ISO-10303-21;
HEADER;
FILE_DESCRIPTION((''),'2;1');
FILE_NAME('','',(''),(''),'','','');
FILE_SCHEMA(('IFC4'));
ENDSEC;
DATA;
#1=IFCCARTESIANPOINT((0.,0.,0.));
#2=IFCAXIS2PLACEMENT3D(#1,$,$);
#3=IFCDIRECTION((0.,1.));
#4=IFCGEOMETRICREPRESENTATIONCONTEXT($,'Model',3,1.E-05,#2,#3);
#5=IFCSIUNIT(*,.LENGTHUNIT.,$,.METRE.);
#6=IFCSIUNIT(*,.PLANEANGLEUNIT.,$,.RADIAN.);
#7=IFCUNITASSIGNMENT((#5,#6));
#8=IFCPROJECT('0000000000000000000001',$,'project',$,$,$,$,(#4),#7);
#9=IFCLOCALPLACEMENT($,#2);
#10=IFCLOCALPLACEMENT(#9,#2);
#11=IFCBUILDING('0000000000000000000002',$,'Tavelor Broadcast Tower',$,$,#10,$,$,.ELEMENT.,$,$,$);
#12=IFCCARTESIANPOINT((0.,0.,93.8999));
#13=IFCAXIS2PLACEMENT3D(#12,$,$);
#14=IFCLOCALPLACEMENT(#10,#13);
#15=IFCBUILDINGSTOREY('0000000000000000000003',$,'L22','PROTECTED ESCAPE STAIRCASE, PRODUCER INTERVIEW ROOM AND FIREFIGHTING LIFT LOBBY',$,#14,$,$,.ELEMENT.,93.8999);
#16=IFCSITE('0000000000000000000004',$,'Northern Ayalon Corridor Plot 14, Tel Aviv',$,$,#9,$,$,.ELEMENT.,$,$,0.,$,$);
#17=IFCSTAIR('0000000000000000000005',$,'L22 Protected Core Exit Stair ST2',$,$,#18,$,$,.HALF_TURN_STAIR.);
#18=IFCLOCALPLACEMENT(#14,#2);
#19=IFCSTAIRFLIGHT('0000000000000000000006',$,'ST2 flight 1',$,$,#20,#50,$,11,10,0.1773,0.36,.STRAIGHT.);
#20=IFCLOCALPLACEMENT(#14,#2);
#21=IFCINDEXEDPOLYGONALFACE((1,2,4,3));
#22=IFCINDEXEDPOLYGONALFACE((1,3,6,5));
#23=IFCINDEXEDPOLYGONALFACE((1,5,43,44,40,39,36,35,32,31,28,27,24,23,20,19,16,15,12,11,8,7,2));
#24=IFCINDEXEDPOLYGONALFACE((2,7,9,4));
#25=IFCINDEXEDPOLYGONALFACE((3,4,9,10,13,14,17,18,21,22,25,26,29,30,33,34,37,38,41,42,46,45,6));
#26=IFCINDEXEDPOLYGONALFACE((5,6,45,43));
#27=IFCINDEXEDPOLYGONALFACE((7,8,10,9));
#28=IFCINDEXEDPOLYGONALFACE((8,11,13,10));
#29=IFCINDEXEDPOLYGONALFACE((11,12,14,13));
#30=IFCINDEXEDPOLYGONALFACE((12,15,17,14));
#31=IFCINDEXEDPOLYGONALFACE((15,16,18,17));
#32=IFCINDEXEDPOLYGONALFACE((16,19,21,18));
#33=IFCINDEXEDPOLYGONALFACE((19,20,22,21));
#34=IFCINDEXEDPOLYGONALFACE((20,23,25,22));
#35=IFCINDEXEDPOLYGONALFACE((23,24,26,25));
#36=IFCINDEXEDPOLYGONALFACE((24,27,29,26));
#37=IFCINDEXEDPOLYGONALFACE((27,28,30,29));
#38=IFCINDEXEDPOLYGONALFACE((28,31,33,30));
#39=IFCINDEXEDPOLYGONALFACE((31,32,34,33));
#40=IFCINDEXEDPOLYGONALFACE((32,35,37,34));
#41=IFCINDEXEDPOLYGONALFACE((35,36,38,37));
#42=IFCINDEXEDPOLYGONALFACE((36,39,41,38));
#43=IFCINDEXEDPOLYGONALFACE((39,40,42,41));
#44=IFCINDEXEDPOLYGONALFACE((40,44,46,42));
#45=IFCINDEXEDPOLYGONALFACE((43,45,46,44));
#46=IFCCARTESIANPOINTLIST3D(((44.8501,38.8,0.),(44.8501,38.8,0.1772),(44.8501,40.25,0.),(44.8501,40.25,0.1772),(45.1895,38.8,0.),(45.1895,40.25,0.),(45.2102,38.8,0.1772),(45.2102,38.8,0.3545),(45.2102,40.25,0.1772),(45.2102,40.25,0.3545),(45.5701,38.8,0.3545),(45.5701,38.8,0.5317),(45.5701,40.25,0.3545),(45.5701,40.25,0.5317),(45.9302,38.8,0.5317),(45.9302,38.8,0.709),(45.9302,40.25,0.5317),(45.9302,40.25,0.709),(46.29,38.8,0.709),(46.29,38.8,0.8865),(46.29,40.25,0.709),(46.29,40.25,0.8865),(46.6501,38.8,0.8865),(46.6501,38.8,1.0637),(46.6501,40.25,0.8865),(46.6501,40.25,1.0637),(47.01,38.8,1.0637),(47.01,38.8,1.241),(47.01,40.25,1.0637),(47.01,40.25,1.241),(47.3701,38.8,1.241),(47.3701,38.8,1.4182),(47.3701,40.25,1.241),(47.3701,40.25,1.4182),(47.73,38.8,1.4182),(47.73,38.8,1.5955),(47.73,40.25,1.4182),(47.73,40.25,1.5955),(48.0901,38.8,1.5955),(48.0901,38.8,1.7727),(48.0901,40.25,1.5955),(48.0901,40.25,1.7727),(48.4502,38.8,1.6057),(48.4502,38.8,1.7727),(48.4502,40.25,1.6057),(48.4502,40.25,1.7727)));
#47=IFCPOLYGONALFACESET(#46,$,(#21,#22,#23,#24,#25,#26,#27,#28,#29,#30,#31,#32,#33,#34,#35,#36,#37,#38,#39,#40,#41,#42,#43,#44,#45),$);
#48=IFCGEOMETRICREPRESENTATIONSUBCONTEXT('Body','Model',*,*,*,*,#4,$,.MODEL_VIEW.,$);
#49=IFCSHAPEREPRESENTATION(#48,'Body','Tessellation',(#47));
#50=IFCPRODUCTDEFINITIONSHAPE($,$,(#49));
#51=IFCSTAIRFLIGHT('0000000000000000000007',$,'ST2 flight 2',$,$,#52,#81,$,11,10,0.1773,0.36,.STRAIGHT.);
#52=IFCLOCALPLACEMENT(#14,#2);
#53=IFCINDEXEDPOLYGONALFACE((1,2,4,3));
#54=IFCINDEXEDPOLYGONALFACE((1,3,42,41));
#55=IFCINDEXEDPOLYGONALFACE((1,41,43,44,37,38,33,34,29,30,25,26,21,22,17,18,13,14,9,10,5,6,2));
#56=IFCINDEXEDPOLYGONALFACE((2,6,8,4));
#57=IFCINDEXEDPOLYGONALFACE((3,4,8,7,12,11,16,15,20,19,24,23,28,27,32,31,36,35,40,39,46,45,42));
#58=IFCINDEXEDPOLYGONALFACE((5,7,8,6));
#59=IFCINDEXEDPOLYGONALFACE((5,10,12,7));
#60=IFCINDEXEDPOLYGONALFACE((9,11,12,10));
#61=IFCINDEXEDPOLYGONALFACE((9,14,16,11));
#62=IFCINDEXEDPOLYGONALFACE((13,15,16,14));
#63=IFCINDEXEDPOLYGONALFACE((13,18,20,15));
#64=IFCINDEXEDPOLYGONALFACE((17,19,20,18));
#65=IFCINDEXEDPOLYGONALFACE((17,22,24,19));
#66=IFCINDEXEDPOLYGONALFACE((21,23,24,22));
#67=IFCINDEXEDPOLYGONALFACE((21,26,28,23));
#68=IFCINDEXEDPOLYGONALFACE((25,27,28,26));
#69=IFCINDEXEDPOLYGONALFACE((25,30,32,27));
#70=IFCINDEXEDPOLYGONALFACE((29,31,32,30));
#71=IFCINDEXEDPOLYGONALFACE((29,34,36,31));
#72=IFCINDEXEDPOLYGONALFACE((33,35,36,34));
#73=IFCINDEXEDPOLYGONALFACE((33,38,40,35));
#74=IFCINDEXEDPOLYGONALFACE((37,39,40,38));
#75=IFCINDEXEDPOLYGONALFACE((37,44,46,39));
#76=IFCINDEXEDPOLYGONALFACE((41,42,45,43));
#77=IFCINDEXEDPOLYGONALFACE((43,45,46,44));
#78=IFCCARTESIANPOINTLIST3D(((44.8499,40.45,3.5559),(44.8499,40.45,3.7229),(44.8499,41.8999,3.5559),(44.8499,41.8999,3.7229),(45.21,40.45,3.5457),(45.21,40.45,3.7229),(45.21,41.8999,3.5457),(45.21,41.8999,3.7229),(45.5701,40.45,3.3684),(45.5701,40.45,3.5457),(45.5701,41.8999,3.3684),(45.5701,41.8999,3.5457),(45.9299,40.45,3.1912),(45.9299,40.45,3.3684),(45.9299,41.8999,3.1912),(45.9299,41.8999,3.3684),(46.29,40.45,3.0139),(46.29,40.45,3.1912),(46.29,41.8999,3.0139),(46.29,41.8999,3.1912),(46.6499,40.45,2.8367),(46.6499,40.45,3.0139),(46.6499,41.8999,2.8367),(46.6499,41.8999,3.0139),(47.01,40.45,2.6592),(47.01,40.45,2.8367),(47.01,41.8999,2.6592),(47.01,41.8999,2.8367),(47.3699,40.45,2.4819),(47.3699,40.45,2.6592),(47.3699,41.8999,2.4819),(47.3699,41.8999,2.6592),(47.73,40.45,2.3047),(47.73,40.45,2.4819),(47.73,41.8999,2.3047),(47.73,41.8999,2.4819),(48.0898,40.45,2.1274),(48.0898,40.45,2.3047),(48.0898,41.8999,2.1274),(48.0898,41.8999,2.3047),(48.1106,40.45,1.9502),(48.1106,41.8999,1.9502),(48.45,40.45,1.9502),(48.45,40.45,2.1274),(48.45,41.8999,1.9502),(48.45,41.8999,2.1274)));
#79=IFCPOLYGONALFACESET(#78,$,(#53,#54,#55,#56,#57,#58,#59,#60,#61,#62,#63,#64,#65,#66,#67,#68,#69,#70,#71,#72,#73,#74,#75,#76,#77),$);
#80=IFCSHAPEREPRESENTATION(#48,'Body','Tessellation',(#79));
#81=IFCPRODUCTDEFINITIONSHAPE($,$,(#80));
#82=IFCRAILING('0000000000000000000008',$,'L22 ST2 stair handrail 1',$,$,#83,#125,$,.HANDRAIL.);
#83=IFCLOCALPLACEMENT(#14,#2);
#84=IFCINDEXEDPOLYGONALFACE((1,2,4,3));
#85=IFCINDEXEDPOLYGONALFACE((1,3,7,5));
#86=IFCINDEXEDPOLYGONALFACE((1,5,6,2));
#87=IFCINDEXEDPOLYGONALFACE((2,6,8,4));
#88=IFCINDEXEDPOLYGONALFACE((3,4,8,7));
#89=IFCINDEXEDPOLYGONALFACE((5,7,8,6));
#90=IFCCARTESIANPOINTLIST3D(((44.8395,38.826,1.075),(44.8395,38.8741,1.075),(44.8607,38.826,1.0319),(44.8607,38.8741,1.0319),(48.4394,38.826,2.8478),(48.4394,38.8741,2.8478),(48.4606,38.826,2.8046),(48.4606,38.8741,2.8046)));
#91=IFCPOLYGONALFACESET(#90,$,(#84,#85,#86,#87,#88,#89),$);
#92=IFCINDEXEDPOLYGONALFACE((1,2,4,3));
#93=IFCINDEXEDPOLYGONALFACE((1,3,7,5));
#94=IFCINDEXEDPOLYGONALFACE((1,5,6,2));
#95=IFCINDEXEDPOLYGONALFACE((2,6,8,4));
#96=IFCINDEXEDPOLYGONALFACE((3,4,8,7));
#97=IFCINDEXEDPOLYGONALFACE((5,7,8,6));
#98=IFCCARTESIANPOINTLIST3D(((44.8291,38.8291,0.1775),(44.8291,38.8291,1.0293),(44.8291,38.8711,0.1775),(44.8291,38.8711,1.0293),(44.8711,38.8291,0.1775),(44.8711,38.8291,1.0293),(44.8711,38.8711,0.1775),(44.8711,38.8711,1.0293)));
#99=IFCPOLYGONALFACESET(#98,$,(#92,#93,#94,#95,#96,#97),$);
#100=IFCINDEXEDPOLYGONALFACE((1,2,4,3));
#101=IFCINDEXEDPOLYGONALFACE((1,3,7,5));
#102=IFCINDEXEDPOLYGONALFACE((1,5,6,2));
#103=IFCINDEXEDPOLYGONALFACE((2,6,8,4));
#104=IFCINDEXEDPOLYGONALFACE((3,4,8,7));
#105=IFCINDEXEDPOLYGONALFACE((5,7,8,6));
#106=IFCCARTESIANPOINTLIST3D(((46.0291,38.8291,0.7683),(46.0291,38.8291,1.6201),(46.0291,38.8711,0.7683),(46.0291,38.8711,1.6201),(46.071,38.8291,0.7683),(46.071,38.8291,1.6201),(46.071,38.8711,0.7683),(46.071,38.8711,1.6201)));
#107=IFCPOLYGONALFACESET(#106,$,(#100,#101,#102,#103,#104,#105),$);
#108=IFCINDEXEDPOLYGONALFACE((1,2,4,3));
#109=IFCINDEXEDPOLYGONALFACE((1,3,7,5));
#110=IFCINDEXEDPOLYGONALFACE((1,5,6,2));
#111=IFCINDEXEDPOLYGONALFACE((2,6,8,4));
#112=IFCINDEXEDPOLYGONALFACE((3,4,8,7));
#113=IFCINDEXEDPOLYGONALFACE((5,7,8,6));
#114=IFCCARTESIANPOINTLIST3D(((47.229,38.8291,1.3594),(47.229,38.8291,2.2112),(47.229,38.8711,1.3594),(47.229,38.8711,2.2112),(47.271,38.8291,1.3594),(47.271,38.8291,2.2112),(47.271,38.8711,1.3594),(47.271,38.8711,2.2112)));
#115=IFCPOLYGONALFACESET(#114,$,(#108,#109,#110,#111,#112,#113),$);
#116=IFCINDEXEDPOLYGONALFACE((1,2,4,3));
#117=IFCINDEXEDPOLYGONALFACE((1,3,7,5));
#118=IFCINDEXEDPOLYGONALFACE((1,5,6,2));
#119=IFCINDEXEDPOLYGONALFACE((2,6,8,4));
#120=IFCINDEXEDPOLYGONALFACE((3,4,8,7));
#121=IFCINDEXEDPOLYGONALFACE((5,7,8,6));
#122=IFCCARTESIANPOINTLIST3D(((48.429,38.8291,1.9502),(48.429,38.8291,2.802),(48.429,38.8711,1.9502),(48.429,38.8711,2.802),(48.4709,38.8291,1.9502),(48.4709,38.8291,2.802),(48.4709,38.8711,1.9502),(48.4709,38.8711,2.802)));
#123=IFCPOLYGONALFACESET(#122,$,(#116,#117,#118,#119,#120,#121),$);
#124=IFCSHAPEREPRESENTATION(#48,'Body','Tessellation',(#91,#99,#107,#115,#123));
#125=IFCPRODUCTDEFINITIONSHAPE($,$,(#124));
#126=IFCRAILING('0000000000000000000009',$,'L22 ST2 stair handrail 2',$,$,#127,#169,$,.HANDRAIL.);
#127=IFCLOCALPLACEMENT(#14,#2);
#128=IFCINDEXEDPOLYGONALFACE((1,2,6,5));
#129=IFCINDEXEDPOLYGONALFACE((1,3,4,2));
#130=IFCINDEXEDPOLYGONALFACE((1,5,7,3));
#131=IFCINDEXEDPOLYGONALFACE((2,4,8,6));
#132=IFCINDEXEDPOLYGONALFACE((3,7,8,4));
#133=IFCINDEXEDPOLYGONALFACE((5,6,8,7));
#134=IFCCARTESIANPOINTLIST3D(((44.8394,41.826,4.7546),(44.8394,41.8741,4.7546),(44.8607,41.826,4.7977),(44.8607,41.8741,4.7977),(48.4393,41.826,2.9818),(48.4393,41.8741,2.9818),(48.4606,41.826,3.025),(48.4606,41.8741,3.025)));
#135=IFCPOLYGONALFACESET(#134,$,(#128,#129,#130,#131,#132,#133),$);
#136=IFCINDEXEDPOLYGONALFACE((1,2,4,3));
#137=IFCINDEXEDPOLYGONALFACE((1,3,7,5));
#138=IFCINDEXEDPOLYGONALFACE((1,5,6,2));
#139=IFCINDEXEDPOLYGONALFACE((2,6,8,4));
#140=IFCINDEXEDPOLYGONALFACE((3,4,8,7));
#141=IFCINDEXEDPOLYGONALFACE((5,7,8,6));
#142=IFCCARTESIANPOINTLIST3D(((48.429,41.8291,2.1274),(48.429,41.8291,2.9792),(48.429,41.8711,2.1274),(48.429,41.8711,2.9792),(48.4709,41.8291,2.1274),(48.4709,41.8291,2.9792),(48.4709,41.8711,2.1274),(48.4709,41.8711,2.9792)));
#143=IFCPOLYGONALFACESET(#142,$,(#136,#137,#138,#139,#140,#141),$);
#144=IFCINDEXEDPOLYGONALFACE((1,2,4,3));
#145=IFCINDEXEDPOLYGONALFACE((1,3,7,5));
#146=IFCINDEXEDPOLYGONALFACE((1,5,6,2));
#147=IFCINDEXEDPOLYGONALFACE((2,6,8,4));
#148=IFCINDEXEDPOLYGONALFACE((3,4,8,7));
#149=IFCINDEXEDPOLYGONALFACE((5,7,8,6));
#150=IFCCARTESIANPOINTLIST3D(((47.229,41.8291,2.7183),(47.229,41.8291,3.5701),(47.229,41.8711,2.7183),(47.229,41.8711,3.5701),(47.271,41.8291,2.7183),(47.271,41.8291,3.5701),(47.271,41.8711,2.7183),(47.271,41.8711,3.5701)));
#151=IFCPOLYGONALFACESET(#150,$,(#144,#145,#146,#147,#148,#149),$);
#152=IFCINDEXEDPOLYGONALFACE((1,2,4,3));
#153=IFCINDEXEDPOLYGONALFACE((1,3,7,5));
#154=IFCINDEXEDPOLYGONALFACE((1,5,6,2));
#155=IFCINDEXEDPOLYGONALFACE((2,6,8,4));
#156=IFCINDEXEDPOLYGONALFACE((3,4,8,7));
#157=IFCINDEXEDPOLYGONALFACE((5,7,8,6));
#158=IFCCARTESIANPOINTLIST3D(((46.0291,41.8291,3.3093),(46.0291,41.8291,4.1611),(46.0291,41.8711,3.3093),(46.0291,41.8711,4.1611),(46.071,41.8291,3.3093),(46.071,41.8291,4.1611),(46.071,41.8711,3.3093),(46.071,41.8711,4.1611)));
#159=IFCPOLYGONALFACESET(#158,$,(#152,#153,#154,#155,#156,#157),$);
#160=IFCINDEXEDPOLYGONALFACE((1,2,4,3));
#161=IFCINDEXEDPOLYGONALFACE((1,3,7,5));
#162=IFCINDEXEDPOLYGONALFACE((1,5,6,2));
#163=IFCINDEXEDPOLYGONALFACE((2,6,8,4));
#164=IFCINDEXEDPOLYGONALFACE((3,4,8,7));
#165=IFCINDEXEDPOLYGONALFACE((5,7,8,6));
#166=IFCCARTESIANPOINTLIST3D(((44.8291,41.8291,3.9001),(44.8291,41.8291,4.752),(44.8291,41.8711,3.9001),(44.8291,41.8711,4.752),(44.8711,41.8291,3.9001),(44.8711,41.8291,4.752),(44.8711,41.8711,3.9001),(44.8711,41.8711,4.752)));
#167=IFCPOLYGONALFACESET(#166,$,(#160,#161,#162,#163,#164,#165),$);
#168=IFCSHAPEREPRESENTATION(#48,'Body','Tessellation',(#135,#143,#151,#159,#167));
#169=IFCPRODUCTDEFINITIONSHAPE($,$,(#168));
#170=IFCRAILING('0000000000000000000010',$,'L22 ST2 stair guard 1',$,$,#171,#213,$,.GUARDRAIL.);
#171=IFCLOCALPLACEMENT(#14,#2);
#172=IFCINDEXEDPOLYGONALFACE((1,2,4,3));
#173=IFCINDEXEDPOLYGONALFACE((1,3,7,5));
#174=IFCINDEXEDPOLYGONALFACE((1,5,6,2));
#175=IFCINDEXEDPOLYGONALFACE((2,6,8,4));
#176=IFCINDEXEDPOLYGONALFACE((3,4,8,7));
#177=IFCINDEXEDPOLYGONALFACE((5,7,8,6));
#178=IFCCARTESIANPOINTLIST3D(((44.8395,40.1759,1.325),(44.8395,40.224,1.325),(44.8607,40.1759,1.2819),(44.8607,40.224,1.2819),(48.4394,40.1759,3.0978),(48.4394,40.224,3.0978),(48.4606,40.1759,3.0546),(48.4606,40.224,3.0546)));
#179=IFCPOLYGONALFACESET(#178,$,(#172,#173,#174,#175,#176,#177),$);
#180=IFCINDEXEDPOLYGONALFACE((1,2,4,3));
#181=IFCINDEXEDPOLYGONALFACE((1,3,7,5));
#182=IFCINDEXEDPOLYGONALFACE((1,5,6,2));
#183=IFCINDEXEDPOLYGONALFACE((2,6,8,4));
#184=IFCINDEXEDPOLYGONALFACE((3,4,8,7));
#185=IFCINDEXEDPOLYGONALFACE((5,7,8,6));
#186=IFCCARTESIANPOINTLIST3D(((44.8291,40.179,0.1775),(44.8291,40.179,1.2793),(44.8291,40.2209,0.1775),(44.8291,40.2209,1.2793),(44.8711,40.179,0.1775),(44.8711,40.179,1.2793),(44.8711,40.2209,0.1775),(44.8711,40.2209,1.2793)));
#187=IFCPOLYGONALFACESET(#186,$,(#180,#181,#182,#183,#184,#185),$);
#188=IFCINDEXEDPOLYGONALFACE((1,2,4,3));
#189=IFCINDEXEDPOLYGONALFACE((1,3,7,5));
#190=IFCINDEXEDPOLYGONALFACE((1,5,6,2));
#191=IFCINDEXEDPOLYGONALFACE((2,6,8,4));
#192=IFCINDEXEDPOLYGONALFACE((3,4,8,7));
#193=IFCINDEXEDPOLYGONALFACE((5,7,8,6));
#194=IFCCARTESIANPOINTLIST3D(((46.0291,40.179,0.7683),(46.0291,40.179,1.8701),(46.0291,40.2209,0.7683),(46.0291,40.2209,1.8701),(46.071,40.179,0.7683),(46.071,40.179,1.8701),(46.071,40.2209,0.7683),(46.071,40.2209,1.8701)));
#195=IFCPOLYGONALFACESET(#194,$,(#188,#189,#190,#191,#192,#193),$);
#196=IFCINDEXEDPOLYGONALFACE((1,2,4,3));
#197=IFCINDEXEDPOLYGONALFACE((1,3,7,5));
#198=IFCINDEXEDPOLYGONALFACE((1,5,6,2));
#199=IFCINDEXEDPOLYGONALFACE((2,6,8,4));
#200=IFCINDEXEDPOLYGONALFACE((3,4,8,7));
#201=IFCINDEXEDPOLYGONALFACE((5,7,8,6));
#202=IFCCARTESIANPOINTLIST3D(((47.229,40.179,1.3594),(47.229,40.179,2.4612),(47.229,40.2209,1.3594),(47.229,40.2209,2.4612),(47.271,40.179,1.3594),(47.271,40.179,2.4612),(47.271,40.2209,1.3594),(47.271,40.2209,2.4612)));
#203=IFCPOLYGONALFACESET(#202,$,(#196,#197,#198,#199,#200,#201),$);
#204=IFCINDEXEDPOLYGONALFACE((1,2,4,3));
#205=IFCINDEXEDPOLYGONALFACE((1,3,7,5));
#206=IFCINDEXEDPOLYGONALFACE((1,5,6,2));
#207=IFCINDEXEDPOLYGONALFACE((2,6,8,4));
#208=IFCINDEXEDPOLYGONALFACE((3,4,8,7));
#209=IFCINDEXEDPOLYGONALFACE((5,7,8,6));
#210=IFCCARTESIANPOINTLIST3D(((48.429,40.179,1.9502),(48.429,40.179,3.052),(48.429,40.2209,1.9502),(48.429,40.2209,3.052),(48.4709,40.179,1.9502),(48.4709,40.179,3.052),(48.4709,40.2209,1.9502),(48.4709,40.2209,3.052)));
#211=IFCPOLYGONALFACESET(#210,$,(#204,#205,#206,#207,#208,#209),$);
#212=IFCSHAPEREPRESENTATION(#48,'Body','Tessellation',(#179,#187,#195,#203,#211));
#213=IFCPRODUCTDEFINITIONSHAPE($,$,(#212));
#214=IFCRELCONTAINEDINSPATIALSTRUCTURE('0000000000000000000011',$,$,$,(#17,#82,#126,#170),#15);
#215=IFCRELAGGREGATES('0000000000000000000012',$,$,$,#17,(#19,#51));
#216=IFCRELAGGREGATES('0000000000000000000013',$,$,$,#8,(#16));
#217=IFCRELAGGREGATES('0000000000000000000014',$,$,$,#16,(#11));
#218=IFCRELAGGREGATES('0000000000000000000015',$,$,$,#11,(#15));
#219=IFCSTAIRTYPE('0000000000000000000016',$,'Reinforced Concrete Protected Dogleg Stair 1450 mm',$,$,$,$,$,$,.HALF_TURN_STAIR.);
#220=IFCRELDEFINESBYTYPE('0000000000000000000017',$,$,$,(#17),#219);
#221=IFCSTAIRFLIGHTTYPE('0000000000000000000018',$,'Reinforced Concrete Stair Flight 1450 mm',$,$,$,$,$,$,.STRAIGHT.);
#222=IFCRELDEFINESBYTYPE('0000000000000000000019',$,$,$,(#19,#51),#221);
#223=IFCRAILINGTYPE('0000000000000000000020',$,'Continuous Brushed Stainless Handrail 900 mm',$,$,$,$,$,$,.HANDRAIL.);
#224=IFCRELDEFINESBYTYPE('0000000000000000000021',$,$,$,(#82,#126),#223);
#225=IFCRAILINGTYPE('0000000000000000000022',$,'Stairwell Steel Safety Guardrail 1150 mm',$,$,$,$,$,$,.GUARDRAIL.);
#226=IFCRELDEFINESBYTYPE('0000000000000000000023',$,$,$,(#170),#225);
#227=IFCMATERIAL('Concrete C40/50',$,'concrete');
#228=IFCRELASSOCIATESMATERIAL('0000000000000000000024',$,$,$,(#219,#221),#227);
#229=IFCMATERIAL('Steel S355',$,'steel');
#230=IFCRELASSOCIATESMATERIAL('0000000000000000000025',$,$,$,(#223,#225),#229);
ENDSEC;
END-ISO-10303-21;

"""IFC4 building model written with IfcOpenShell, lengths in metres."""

from ifc_helpers import new_model, si_unit, direction, frame, origin, origin_2d, place, context, subcontext, project, spatial, polyline, rectangle, outline, extrude, material, type_object, element, aggregate, save


model = new_model("IFC4")

# Units and contexts
model_context = context("Model", 3, precision=1e-05, world=origin(), true_north=direction((0.0, 1.0)))
body_context = subcontext(model_context, "Body", "Model", "MODEL_VIEW")
ifc_project = project(units=[si_unit("LENGTHUNIT", "METRE"), si_unit("PLANEANGLEUNIT", "RADIAN")], contexts=[model_context])

# Site, building, storey
site_placement = place(None, origin())
site = spatial("IfcSite", under=ifc_project, at=site_placement, Name="Northern Ayalon Corridor Plot 14, Tel Aviv", CompositionType="ELEMENT", RefElevation=0.0)
building_placement = place(site_placement, origin())
building = spatial("IfcBuilding", under=site, at=building_placement, Name="Tavelor Broadcast Tower", CompositionType="ELEMENT")
storey_placement = place(building_placement, frame((0.0, 0.0, 93.8999)))
storey = spatial("IfcBuildingStorey", under=building, at=storey_placement, Name="L22", Description="PROTECTED ESCAPE STAIRCASE, PRODUCER INTERVIEW ROOM AND FIREFIGHTING LIFT LOBBY", CompositionType="ELEMENT", Elevation=93.8999)

# Shared definitions
ifc_material_1 = material(Name="Concrete C40/50", Category="concrete")
ifc_material_2 = material(Name="Steel S355", Category="steel")

# Stair, stair flights
stair_type = type_object("IfcStairType", Name="Reinforced Concrete Protected Dogleg Stair 1450 mm", PredefinedType="HALF_TURN_STAIR", material=ifc_material_1)
stair_placement = place(storey_placement, origin())
stair = element("IfcStair", 1, at=stair_placement, inside=storey, type_object=stair_type, Name="L22 Protected Core Exit Stair ST2", PredefinedType="HALF_TURN_STAIR")
stair_flight_type = type_object("IfcStairFlightType", Name="Reinforced Concrete Stair Flight 1450 mm", PredefinedType="STRAIGHT", material=ifc_material_1)
stair_flight_1_placement = place(storey_placement, frame((44.8501, 39.5249, 0.0), z_axis=(0.0, 0.0, 1.0), x_axis=(1.0, 0.0, 0.0)))
stair_flight_1 = element("IfcStairFlight", 2, at=stair_flight_1_placement, type_object=stair_flight_type, Name="ST2 flight 1", NumberOfRisers=11, NumberOfTreads=10, PredefinedType="STRAIGHT", RiserHeight=0.1773, TreadLength=0.36, context=body_context, shape_type="SweptSolid", body=[
    extrude(outline(polyline([(0.0, 0.0), (0.0, 0.1772), (0.3601, 0.1772), (0.3601, 0.3545), (0.72, 0.3545), (0.72, 0.5317), (1.0801, 0.5317), (1.0801, 0.709), (1.4399, 0.709), (1.4399, 0.8865), (1.8, 0.8865), (1.8, 1.0637), (2.1599, 1.0637), (2.1599, 1.241), (2.52, 1.241), (2.52, 1.4182), (2.8799, 1.4182), (2.8799, 1.5955), (3.24, 1.5955), (3.24, 1.7727), (3.6001, 1.7727), (3.6001, 1.95), (3.6001, 1.6057), (0.3394, 0.0), (0.0, 0.0)])), frame((0.0, 0.7251, 0.0), z_axis=(0.0, -1.0, 0.0), x_axis=(1.0, 0.0, 0.0)), (0.0, 0.0, 1.0), 1.45),
])
stair_flight_2_placement = place(storey_placement, frame((48.45, 41.175, 1.9502), z_axis=(0.0, 0.0, 1.0), x_axis=(-1.0, 0.0, 0.0)))
stair_flight_2 = element("IfcStairFlight", 3, at=stair_flight_2_placement, type_object=stair_flight_type, Name="ST2 flight 2", NumberOfRisers=11, NumberOfTreads=10, PredefinedType="STRAIGHT", RiserHeight=0.1773, TreadLength=0.36, context=body_context, shape_type="SweptSolid", body=[
    extrude(outline(polyline([(0.0, 0.0), (0.0, 0.1772), (0.3601, 0.1772), (0.3601, 0.3545), (0.72, 0.3545), (0.72, 0.5317), (1.0801, 0.5317), (1.0801, 0.709), (1.4399, 0.709), (1.4399, 0.8865), (1.8, 0.8865), (1.8, 1.0637), (2.1599, 1.0637), (2.1599, 1.241), (2.52, 1.241), (2.52, 1.4182), (2.8799, 1.4182), (2.8799, 1.5955), (3.24, 1.5955), (3.24, 1.7727), (3.6001, 1.7727), (3.6001, 1.95), (3.6001, 1.6057), (0.3394, 0.0), (0.0, 0.0)])), frame((0.0, 0.7251, 0.0), z_axis=(0.0, -1.0, 0.0), x_axis=(1.0, 0.0, 0.0)), (0.0, 0.0, 1.0), 1.45),
])
aggregate(stair, [stair_flight_1, stair_flight_2])

# Railings
railing_type_1 = type_object("IfcRailingType", Name="Continuous Brushed Stainless Handrail 900 mm", PredefinedType="HANDRAIL", material=ifc_material_2)
railing_1_placement = place(storey_placement, frame((44.8501, 38.8501, 0.1775)))
element("IfcRailing", 4, at=railing_1_placement, inside=storey, type_object=railing_type_1, Name="L22 ST2 stair handrail 1", PredefinedType="HANDRAIL", context=body_context, shape_type="SweptSolid", body=[
    extrude(rectangle(XDim=0.0481, YDim=0.0481, at=origin_2d()), frame((0.0, 0.0, 0.876), z_axis=(0.897124, 0.0, 0.441778), x_axis=(0.0, 1.0, 0.0)), (0.0, 0.0, 1.0), 4.0127),
    extrude(rectangle(XDim=0.042, YDim=0.042, at=origin_2d()), origin(), (0.0, 0.0, 1.0), 0.8518),
    extrude(rectangle(XDim=0.042, YDim=0.042, at=origin_2d()), frame((1.2, 0.0, 0.5908)), (0.0, 0.0, 1.0), 0.8518),
    extrude(rectangle(XDim=0.042, YDim=0.042, at=origin_2d()), frame((2.3999, 0.0, 1.1819)), (0.0, 0.0, 1.0), 0.8518),
    extrude(rectangle(XDim=0.042, YDim=0.042, at=origin_2d()), frame((3.5999, 0.0, 1.7727)), (0.0, 0.0, 1.0), 0.8518),
])
railing_2_placement = place(storey_placement, frame((48.45, 41.8501, 2.1274)))
element("IfcRailing", 5, at=railing_2_placement, inside=storey, type_object=railing_type_1, Name="L22 ST2 stair handrail 2", PredefinedType="HANDRAIL", context=body_context, shape_type="SweptSolid", body=[
    extrude(rectangle(XDim=0.0481, YDim=0.0481, at=origin_2d()), frame((0.0, 0.0, 0.876), z_axis=(-0.897124, 0.0, 0.441778), x_axis=(0.0, -1.0, 0.0)), (0.0, 0.0, 1.0), 4.0127),
    extrude(rectangle(XDim=0.042, YDim=0.042, at=origin_2d()), origin(), (0.0, 0.0, 1.0), 0.8518),
    extrude(rectangle(XDim=0.042, YDim=0.042, at=origin_2d()), frame((-1.2, 0.0, 0.5908)), (0.0, 0.0, 1.0), 0.8518),
    extrude(rectangle(XDim=0.042, YDim=0.042, at=origin_2d()), frame((-2.3999, 0.0, 1.1819)), (0.0, 0.0, 1.0), 0.8518),
    extrude(rectangle(XDim=0.042, YDim=0.042, at=origin_2d()), frame((-3.5999, 0.0, 1.7727)), (0.0, 0.0, 1.0), 0.8518),
])
railing_type_2 = type_object("IfcRailingType", Name="Stairwell Steel Safety Guardrail 1150 mm", PredefinedType="GUARDRAIL", material=ifc_material_2)
railing_3_placement = place(storey_placement, frame((44.8501, 40.2, 0.1775)))
element("IfcRailing", 6, at=railing_3_placement, inside=storey, type_object=railing_type_2, Name="L22 ST2 stair guard 1", PredefinedType="GUARDRAIL", context=body_context, shape_type="SweptSolid", body=[
    extrude(rectangle(XDim=0.0481, YDim=0.0481, at=origin_2d()), frame((0.0, 0.0, 1.126), z_axis=(0.897124, 0.0, 0.441778), x_axis=(0.0, 1.0, 0.0)), (0.0, 0.0, 1.0), 4.0127),
    extrude(rectangle(XDim=0.042, YDim=0.042, at=origin_2d()), origin(), (0.0, 0.0, 1.0), 1.1018),
    extrude(rectangle(XDim=0.042, YDim=0.042, at=origin_2d()), frame((1.2, 0.0, 0.5908)), (0.0, 0.0, 1.0), 1.1018),
    extrude(rectangle(XDim=0.042, YDim=0.042, at=origin_2d()), frame((2.3999, 0.0, 1.1819)), (0.0, 0.0, 1.0), 1.1018),
    extrude(rectangle(XDim=0.042, YDim=0.042, at=origin_2d()), frame((3.5999, 0.0, 1.7727)), (0.0, 0.0, 1.0), 1.1018),
])

save(model, "model.ifc")
